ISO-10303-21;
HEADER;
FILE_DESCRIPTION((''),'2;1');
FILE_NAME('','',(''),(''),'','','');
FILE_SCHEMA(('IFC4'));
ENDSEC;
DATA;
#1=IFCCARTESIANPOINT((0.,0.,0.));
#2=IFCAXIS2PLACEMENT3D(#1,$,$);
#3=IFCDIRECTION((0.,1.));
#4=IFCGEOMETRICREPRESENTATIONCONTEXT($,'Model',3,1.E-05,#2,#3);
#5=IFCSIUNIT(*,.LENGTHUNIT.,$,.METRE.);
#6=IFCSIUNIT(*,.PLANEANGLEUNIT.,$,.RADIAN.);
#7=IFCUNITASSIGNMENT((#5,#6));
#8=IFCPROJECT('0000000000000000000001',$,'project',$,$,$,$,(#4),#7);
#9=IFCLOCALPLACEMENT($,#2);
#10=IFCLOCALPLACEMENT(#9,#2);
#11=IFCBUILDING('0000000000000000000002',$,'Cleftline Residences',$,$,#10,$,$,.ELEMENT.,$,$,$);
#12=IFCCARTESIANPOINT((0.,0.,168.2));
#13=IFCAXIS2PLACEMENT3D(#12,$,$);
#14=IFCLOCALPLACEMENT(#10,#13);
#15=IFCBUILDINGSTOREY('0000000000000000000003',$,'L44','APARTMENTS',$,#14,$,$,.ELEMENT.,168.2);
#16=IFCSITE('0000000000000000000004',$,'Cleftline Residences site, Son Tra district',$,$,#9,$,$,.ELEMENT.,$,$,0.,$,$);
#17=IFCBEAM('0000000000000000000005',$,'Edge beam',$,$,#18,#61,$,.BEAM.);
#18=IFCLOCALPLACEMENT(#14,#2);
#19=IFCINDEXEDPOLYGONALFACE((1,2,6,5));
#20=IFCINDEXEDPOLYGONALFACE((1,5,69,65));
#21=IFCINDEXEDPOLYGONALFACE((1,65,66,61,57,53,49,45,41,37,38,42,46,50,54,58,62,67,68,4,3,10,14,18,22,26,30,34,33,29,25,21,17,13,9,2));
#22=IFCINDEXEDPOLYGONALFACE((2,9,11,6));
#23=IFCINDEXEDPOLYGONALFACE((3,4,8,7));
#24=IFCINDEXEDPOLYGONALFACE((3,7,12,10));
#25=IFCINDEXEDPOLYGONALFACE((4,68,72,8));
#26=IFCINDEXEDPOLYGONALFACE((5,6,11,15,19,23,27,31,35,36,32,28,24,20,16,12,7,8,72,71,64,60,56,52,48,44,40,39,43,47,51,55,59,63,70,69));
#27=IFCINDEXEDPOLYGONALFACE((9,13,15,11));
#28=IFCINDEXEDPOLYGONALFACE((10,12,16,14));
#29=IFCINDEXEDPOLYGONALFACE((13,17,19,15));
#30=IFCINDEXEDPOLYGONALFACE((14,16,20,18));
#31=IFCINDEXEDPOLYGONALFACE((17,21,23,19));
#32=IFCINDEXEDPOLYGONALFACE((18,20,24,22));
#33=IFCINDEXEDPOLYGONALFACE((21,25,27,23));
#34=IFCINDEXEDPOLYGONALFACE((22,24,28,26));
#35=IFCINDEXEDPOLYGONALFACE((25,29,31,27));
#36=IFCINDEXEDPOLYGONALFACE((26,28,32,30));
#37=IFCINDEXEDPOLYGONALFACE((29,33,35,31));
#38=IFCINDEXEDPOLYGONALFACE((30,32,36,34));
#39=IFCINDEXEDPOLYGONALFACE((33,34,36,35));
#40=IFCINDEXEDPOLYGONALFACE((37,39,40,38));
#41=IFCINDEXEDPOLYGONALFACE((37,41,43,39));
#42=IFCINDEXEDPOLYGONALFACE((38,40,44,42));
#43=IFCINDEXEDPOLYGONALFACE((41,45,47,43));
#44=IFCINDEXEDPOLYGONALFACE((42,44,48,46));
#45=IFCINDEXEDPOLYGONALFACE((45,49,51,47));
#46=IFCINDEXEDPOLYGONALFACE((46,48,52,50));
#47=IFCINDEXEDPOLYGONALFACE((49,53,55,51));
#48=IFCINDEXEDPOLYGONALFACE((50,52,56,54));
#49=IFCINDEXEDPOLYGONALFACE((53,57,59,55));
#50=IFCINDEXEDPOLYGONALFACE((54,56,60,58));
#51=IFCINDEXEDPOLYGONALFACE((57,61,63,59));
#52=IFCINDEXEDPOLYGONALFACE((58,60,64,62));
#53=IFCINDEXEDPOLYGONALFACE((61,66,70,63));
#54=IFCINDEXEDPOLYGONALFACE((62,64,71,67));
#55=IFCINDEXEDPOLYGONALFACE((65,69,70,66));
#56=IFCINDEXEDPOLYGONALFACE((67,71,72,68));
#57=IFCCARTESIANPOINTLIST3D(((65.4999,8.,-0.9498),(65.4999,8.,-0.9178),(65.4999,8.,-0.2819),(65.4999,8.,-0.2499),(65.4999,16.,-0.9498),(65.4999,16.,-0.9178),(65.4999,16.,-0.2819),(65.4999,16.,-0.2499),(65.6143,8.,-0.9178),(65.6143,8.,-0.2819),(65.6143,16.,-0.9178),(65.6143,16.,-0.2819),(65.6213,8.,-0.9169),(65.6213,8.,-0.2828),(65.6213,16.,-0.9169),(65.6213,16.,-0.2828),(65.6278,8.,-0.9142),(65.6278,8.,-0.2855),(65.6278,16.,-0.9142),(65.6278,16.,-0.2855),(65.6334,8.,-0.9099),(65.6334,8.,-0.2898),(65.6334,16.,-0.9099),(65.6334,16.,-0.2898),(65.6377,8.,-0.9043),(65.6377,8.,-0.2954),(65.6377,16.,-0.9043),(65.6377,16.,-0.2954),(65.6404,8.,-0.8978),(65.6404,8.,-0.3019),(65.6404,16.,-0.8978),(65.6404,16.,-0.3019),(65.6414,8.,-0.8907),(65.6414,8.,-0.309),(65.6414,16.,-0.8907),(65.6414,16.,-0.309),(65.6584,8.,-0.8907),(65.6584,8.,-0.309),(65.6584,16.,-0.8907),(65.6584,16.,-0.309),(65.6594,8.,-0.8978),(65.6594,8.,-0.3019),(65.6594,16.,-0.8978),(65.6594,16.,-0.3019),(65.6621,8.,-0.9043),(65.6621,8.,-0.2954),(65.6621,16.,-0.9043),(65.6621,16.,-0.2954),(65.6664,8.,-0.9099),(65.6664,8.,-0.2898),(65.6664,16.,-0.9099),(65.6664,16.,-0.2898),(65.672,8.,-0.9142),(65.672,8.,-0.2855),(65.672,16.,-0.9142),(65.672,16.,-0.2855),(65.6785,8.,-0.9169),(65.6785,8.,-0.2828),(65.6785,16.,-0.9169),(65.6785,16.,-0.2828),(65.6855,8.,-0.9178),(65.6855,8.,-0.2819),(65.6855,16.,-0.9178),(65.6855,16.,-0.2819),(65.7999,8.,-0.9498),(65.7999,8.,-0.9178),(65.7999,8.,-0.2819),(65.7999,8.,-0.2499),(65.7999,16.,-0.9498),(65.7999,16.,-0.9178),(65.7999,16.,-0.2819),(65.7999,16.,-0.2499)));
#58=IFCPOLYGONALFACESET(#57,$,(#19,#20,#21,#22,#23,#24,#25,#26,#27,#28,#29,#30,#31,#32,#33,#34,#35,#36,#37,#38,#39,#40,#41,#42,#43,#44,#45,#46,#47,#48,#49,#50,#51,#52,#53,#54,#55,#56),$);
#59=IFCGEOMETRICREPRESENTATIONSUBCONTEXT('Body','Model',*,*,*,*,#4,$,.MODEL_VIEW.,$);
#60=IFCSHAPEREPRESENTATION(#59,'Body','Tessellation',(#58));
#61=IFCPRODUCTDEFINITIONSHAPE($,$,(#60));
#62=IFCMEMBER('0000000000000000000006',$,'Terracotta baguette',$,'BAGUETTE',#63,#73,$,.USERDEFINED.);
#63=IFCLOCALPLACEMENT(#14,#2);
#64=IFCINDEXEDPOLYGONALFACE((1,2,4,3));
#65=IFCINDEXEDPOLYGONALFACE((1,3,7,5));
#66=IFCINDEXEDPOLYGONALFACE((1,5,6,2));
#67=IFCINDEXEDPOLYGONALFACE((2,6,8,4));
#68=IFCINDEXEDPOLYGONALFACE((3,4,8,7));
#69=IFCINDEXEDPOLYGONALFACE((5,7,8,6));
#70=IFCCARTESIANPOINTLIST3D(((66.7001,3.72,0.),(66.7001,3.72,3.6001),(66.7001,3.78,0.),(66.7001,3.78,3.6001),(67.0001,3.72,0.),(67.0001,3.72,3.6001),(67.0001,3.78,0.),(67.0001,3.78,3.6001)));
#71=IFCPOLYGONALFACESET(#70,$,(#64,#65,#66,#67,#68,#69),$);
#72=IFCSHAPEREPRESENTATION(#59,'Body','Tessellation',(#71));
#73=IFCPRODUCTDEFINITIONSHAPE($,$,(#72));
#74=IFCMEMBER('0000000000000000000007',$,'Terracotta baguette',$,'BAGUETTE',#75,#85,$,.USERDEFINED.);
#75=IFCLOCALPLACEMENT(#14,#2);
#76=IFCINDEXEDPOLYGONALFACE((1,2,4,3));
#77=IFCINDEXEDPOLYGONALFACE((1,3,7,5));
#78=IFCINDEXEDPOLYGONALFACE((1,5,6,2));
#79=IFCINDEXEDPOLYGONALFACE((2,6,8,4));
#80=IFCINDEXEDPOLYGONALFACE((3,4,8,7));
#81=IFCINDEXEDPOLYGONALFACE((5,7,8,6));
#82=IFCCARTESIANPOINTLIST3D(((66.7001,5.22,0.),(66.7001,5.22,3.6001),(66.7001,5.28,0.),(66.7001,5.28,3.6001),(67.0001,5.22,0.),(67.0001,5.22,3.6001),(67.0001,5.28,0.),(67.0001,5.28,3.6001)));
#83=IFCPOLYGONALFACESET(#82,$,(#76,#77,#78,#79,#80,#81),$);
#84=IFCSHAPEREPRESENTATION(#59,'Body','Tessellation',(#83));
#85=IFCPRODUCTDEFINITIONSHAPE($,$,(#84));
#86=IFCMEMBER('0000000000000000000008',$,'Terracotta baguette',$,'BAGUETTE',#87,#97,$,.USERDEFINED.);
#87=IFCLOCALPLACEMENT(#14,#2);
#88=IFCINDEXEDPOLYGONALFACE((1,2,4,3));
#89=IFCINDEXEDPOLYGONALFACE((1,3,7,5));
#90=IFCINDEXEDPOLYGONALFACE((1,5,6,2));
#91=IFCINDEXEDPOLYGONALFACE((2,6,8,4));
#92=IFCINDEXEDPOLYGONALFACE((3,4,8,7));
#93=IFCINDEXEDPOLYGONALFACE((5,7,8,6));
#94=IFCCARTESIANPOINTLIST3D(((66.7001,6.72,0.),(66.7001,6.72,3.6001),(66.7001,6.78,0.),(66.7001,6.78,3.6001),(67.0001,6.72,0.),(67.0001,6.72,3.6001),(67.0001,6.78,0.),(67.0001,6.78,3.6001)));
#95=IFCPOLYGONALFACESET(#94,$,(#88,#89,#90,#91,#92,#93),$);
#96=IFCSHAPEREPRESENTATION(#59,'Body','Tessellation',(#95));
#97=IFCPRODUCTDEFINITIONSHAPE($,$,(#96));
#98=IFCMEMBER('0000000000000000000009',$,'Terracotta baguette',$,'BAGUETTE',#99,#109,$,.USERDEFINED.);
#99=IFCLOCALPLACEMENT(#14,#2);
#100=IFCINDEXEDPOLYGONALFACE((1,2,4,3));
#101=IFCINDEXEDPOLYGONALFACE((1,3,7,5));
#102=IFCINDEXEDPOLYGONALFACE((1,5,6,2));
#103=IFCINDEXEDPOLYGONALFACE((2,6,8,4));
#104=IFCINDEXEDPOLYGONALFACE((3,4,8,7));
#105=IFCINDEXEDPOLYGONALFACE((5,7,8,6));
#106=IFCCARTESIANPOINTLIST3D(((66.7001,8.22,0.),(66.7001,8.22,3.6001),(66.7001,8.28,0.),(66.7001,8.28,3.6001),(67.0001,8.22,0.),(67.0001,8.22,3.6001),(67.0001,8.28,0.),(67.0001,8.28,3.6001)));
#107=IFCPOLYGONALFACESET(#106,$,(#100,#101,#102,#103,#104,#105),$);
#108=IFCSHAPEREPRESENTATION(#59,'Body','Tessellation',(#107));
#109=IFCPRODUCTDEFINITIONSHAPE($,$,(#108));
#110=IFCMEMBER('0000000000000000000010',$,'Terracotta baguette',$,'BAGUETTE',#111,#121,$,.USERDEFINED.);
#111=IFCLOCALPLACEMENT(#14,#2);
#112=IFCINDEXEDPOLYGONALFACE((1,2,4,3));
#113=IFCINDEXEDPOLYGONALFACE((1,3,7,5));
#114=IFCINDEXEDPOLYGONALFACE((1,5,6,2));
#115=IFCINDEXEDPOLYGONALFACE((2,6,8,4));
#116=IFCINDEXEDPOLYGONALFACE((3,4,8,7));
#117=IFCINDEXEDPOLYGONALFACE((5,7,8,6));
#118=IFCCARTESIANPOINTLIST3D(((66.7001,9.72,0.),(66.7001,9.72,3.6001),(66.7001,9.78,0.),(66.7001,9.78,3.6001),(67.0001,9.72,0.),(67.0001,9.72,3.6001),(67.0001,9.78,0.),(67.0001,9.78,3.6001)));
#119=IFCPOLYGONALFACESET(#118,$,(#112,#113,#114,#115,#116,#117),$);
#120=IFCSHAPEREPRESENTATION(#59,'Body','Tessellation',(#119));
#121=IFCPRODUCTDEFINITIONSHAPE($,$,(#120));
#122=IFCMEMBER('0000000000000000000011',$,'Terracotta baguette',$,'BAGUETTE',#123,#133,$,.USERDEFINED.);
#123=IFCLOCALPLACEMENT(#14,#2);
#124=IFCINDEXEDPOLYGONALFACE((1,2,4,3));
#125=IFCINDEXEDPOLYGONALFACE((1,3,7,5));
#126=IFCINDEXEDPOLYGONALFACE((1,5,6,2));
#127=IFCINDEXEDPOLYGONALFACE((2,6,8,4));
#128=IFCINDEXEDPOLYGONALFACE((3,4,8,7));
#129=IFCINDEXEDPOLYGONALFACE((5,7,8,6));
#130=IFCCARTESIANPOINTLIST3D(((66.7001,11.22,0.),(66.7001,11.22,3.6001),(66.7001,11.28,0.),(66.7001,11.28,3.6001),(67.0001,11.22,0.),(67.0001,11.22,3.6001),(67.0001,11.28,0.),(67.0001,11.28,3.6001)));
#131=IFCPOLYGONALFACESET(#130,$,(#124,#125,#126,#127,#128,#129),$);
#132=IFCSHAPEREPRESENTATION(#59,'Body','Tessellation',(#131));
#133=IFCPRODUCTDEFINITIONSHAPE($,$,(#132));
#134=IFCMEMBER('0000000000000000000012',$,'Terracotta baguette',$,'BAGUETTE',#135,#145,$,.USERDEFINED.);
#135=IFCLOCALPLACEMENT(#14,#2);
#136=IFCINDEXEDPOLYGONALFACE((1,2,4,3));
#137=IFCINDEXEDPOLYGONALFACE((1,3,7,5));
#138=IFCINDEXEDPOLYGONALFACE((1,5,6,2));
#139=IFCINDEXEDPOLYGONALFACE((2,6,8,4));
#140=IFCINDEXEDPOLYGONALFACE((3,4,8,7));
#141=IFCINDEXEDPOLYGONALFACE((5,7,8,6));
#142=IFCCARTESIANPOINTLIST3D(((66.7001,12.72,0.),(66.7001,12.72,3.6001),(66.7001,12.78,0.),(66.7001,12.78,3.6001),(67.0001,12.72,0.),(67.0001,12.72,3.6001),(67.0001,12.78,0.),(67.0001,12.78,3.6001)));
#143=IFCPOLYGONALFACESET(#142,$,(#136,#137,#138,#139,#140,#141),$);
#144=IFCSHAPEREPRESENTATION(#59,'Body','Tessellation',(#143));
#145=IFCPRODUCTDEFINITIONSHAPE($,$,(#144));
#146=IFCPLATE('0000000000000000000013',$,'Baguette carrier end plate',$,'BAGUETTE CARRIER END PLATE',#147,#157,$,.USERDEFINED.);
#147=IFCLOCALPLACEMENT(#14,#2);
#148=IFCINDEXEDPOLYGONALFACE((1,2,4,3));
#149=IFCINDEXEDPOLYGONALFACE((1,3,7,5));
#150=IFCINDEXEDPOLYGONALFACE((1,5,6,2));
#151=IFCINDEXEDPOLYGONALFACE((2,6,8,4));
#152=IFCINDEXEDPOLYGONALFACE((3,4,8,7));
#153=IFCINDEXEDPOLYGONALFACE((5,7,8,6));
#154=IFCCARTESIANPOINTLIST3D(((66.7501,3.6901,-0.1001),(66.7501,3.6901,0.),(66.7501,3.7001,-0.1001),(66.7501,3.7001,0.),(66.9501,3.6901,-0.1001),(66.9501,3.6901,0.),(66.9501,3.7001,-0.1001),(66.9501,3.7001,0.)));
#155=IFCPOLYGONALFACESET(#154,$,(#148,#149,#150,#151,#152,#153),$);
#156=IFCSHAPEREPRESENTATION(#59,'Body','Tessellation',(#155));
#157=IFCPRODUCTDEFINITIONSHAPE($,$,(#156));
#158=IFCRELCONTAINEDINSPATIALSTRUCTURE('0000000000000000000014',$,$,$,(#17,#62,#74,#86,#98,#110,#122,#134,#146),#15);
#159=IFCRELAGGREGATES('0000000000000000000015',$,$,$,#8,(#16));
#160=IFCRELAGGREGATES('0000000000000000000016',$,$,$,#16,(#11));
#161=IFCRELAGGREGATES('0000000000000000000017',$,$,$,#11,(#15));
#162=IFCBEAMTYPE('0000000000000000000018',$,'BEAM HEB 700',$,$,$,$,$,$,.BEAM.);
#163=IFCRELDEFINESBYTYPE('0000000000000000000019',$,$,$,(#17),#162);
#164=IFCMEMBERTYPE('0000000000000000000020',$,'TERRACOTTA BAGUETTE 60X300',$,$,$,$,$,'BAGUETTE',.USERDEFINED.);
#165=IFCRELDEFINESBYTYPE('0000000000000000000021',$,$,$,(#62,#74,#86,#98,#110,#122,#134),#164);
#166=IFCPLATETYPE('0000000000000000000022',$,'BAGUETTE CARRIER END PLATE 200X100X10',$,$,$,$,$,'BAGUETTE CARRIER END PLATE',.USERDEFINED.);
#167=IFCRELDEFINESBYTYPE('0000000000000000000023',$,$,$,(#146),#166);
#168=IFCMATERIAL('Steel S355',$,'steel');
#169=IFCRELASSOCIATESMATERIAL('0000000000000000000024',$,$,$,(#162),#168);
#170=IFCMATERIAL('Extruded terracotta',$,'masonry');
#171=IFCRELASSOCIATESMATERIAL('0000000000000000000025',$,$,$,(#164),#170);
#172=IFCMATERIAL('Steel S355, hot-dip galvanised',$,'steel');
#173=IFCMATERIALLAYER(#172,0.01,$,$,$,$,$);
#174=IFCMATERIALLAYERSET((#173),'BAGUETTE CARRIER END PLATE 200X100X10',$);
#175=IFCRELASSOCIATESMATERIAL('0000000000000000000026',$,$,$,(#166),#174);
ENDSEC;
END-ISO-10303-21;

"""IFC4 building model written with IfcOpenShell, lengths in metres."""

from ifc_helpers import new_model, si_unit, direction, frame, origin, origin_2d, place, context, subcontext, project, spatial, rectangle, i_section, extrude, material, layer, layer_set, material_profile, profile_set, type_object, element, save


model = new_model("IFC4")

# Units and contexts
model_context = context("Model", 3, precision=1e-05, world=origin(), true_north=direction((0.0, 1.0)))
body_context = subcontext(model_context, "Body", "Model", "MODEL_VIEW")
ifc_project = project(units=[si_unit("LENGTHUNIT", "METRE"), si_unit("PLANEANGLEUNIT", "RADIAN")], contexts=[model_context])

# Site, building, storey
site_placement = place(None, origin())
site = spatial("IfcSite", under=ifc_project, at=site_placement, Name="Cleftline Residences site, Son Tra district", CompositionType="ELEMENT", RefElevation=0.0)
building_placement = place(site_placement, origin())
building = spatial("IfcBuilding", under=site, at=building_placement, Name="Cleftline Residences", CompositionType="ELEMENT")
storey_placement = place(building_placement, frame((0.0, 0.0, 168.2)))
storey = spatial("IfcBuildingStorey", under=building, at=storey_placement, Name="L44", Description="APARTMENTS", CompositionType="ELEMENT", Elevation=168.2)

# Beam
ifc_material_1 = material(Name="Steel S355", Category="steel")
ifc_material_profile_1 = material_profile(ifc_material_1, i_section(OverallWidth=0.3, OverallDepth=0.7, WebThickness=0.0171, FlangeThickness=0.032, FilletRadius=0.0271, at=origin_2d()))
ifc_profile_set_1 = profile_set([ifc_material_profile_1], Name="Steel S355")
beam_type = type_object("IfcBeamType", Name="BEAM HEB 700", PredefinedType="BEAM", material=ifc_profile_set_1)
beam_placement = place(storey_placement, frame((65.6499, 8.0, -0.5999), z_axis=(0.0, 1.0, 0.0), x_axis=(-1.0, 0.0, 0.0)))
element("IfcBeam", 1, at=beam_placement, inside=storey, type_object=beam_type, Name="Edge beam", PredefinedType="BEAM", context=body_context, shape_type="SweptSolid", body=[
    extrude(i_section(OverallWidth=0.3, OverallDepth=0.7, WebThickness=0.0171, FlangeThickness=0.032, FilletRadius=0.0271, at=origin_2d()), origin(), (0.0, 0.0, 1.0), 8.0),
])

# Members
ifc_material_2 = material(Name="Extruded terracotta", Category="masonry")
ifc_material_profile_2 = material_profile(ifc_material_2, rectangle(XDim=0.0601, YDim=0.3, at=origin_2d()))
ifc_profile_set_2 = profile_set([ifc_material_profile_2], Name="Extruded terracotta")
member_type_1 = type_object("IfcMemberType", Name="TERRACOTTA BAGUETTE 60X300", ElementType="BAGUETTE", PredefinedType="USERDEFINED", material=ifc_profile_set_2)
for number, where, z_axis, x_axis, name in (
    (2, (66.8501, 3.75, 0.0), (0.0, 0.0, 1.0), (0.0, 1.0, 0.0), "Terracotta baguette"),
    (3, (66.8501, 5.25, 0.0), (0.0, 0.0, 1.0), (0.0, 1.0, 0.0), "Terracotta baguette"),
    (4, (66.8501, 6.75, 0.0), (0.0, 0.0, 1.0), (0.0, 1.0, 0.0), "Terracotta baguette"),
    (5, (66.8501, 8.25, 0.0), (0.0, 0.0, 1.0), (0.0, 1.0, 0.0), "Terracotta baguette"),
    (6, (66.8501, 9.75, 0.0), (0.0, 0.0, 1.0), (0.0, 1.0, 0.0), "Terracotta baguette"),
    (7, (66.8501, 11.25, 0.0), (0.0, 0.0, 1.0), (0.0, 1.0, 0.0), "Terracotta baguette"),
    (8, (66.8501, 12.75, 0.0), (0.0, 0.0, 1.0), (0.0, 1.0, 0.0), "Terracotta baguette"),
):
    element("IfcMember", number, at=place(storey_placement, frame(where, z_axis=z_axis, x_axis=x_axis)), inside=storey, type_object=member_type_1, Name=name, ObjectType="BAGUETTE", PredefinedType="USERDEFINED", context=body_context, shape_type="SweptSolid", body=[
        extrude(rectangle(XDim=0.0601, YDim=0.3, at=origin_2d()), origin(), (0.0, 0.0, 1.0), 3.6001),
    ])

# Plate
ifc_material_3 = material(Name="Steel S355, hot-dip galvanised", Category="steel")
ifc_layer_1 = layer(ifc_material_3, 0.01)
ifc_layer_set_1 = layer_set([ifc_layer_1], Name="BAGUETTE CARRIER END PLATE 200X100X10")
plate_type = type_object("IfcPlateType", Name="BAGUETTE CARRIER END PLATE 200X100X10", ElementType="BAGUETTE CARRIER END PLATE", PredefinedType="USERDEFINED", material=ifc_layer_set_1)
plate_placement = place(storey_placement, frame((66.8501, 3.6951, -0.1001), z_axis=(0.0, 0.0, 1.0), x_axis=(1.0, 0.0, 0.0)))
element("IfcPlate", 9, at=plate_placement, inside=storey, type_object=plate_type, Name="Baguette carrier end plate", ObjectType="BAGUETTE CARRIER END PLATE", PredefinedType="USERDEFINED", context=body_context, shape_type="SweptSolid", body=[
    extrude(rectangle(XDim=0.2, YDim=0.01, at=origin_2d()), origin(), (0.0, 0.0, 1.0), 0.1001),
])

save(model, "model.ifc")
